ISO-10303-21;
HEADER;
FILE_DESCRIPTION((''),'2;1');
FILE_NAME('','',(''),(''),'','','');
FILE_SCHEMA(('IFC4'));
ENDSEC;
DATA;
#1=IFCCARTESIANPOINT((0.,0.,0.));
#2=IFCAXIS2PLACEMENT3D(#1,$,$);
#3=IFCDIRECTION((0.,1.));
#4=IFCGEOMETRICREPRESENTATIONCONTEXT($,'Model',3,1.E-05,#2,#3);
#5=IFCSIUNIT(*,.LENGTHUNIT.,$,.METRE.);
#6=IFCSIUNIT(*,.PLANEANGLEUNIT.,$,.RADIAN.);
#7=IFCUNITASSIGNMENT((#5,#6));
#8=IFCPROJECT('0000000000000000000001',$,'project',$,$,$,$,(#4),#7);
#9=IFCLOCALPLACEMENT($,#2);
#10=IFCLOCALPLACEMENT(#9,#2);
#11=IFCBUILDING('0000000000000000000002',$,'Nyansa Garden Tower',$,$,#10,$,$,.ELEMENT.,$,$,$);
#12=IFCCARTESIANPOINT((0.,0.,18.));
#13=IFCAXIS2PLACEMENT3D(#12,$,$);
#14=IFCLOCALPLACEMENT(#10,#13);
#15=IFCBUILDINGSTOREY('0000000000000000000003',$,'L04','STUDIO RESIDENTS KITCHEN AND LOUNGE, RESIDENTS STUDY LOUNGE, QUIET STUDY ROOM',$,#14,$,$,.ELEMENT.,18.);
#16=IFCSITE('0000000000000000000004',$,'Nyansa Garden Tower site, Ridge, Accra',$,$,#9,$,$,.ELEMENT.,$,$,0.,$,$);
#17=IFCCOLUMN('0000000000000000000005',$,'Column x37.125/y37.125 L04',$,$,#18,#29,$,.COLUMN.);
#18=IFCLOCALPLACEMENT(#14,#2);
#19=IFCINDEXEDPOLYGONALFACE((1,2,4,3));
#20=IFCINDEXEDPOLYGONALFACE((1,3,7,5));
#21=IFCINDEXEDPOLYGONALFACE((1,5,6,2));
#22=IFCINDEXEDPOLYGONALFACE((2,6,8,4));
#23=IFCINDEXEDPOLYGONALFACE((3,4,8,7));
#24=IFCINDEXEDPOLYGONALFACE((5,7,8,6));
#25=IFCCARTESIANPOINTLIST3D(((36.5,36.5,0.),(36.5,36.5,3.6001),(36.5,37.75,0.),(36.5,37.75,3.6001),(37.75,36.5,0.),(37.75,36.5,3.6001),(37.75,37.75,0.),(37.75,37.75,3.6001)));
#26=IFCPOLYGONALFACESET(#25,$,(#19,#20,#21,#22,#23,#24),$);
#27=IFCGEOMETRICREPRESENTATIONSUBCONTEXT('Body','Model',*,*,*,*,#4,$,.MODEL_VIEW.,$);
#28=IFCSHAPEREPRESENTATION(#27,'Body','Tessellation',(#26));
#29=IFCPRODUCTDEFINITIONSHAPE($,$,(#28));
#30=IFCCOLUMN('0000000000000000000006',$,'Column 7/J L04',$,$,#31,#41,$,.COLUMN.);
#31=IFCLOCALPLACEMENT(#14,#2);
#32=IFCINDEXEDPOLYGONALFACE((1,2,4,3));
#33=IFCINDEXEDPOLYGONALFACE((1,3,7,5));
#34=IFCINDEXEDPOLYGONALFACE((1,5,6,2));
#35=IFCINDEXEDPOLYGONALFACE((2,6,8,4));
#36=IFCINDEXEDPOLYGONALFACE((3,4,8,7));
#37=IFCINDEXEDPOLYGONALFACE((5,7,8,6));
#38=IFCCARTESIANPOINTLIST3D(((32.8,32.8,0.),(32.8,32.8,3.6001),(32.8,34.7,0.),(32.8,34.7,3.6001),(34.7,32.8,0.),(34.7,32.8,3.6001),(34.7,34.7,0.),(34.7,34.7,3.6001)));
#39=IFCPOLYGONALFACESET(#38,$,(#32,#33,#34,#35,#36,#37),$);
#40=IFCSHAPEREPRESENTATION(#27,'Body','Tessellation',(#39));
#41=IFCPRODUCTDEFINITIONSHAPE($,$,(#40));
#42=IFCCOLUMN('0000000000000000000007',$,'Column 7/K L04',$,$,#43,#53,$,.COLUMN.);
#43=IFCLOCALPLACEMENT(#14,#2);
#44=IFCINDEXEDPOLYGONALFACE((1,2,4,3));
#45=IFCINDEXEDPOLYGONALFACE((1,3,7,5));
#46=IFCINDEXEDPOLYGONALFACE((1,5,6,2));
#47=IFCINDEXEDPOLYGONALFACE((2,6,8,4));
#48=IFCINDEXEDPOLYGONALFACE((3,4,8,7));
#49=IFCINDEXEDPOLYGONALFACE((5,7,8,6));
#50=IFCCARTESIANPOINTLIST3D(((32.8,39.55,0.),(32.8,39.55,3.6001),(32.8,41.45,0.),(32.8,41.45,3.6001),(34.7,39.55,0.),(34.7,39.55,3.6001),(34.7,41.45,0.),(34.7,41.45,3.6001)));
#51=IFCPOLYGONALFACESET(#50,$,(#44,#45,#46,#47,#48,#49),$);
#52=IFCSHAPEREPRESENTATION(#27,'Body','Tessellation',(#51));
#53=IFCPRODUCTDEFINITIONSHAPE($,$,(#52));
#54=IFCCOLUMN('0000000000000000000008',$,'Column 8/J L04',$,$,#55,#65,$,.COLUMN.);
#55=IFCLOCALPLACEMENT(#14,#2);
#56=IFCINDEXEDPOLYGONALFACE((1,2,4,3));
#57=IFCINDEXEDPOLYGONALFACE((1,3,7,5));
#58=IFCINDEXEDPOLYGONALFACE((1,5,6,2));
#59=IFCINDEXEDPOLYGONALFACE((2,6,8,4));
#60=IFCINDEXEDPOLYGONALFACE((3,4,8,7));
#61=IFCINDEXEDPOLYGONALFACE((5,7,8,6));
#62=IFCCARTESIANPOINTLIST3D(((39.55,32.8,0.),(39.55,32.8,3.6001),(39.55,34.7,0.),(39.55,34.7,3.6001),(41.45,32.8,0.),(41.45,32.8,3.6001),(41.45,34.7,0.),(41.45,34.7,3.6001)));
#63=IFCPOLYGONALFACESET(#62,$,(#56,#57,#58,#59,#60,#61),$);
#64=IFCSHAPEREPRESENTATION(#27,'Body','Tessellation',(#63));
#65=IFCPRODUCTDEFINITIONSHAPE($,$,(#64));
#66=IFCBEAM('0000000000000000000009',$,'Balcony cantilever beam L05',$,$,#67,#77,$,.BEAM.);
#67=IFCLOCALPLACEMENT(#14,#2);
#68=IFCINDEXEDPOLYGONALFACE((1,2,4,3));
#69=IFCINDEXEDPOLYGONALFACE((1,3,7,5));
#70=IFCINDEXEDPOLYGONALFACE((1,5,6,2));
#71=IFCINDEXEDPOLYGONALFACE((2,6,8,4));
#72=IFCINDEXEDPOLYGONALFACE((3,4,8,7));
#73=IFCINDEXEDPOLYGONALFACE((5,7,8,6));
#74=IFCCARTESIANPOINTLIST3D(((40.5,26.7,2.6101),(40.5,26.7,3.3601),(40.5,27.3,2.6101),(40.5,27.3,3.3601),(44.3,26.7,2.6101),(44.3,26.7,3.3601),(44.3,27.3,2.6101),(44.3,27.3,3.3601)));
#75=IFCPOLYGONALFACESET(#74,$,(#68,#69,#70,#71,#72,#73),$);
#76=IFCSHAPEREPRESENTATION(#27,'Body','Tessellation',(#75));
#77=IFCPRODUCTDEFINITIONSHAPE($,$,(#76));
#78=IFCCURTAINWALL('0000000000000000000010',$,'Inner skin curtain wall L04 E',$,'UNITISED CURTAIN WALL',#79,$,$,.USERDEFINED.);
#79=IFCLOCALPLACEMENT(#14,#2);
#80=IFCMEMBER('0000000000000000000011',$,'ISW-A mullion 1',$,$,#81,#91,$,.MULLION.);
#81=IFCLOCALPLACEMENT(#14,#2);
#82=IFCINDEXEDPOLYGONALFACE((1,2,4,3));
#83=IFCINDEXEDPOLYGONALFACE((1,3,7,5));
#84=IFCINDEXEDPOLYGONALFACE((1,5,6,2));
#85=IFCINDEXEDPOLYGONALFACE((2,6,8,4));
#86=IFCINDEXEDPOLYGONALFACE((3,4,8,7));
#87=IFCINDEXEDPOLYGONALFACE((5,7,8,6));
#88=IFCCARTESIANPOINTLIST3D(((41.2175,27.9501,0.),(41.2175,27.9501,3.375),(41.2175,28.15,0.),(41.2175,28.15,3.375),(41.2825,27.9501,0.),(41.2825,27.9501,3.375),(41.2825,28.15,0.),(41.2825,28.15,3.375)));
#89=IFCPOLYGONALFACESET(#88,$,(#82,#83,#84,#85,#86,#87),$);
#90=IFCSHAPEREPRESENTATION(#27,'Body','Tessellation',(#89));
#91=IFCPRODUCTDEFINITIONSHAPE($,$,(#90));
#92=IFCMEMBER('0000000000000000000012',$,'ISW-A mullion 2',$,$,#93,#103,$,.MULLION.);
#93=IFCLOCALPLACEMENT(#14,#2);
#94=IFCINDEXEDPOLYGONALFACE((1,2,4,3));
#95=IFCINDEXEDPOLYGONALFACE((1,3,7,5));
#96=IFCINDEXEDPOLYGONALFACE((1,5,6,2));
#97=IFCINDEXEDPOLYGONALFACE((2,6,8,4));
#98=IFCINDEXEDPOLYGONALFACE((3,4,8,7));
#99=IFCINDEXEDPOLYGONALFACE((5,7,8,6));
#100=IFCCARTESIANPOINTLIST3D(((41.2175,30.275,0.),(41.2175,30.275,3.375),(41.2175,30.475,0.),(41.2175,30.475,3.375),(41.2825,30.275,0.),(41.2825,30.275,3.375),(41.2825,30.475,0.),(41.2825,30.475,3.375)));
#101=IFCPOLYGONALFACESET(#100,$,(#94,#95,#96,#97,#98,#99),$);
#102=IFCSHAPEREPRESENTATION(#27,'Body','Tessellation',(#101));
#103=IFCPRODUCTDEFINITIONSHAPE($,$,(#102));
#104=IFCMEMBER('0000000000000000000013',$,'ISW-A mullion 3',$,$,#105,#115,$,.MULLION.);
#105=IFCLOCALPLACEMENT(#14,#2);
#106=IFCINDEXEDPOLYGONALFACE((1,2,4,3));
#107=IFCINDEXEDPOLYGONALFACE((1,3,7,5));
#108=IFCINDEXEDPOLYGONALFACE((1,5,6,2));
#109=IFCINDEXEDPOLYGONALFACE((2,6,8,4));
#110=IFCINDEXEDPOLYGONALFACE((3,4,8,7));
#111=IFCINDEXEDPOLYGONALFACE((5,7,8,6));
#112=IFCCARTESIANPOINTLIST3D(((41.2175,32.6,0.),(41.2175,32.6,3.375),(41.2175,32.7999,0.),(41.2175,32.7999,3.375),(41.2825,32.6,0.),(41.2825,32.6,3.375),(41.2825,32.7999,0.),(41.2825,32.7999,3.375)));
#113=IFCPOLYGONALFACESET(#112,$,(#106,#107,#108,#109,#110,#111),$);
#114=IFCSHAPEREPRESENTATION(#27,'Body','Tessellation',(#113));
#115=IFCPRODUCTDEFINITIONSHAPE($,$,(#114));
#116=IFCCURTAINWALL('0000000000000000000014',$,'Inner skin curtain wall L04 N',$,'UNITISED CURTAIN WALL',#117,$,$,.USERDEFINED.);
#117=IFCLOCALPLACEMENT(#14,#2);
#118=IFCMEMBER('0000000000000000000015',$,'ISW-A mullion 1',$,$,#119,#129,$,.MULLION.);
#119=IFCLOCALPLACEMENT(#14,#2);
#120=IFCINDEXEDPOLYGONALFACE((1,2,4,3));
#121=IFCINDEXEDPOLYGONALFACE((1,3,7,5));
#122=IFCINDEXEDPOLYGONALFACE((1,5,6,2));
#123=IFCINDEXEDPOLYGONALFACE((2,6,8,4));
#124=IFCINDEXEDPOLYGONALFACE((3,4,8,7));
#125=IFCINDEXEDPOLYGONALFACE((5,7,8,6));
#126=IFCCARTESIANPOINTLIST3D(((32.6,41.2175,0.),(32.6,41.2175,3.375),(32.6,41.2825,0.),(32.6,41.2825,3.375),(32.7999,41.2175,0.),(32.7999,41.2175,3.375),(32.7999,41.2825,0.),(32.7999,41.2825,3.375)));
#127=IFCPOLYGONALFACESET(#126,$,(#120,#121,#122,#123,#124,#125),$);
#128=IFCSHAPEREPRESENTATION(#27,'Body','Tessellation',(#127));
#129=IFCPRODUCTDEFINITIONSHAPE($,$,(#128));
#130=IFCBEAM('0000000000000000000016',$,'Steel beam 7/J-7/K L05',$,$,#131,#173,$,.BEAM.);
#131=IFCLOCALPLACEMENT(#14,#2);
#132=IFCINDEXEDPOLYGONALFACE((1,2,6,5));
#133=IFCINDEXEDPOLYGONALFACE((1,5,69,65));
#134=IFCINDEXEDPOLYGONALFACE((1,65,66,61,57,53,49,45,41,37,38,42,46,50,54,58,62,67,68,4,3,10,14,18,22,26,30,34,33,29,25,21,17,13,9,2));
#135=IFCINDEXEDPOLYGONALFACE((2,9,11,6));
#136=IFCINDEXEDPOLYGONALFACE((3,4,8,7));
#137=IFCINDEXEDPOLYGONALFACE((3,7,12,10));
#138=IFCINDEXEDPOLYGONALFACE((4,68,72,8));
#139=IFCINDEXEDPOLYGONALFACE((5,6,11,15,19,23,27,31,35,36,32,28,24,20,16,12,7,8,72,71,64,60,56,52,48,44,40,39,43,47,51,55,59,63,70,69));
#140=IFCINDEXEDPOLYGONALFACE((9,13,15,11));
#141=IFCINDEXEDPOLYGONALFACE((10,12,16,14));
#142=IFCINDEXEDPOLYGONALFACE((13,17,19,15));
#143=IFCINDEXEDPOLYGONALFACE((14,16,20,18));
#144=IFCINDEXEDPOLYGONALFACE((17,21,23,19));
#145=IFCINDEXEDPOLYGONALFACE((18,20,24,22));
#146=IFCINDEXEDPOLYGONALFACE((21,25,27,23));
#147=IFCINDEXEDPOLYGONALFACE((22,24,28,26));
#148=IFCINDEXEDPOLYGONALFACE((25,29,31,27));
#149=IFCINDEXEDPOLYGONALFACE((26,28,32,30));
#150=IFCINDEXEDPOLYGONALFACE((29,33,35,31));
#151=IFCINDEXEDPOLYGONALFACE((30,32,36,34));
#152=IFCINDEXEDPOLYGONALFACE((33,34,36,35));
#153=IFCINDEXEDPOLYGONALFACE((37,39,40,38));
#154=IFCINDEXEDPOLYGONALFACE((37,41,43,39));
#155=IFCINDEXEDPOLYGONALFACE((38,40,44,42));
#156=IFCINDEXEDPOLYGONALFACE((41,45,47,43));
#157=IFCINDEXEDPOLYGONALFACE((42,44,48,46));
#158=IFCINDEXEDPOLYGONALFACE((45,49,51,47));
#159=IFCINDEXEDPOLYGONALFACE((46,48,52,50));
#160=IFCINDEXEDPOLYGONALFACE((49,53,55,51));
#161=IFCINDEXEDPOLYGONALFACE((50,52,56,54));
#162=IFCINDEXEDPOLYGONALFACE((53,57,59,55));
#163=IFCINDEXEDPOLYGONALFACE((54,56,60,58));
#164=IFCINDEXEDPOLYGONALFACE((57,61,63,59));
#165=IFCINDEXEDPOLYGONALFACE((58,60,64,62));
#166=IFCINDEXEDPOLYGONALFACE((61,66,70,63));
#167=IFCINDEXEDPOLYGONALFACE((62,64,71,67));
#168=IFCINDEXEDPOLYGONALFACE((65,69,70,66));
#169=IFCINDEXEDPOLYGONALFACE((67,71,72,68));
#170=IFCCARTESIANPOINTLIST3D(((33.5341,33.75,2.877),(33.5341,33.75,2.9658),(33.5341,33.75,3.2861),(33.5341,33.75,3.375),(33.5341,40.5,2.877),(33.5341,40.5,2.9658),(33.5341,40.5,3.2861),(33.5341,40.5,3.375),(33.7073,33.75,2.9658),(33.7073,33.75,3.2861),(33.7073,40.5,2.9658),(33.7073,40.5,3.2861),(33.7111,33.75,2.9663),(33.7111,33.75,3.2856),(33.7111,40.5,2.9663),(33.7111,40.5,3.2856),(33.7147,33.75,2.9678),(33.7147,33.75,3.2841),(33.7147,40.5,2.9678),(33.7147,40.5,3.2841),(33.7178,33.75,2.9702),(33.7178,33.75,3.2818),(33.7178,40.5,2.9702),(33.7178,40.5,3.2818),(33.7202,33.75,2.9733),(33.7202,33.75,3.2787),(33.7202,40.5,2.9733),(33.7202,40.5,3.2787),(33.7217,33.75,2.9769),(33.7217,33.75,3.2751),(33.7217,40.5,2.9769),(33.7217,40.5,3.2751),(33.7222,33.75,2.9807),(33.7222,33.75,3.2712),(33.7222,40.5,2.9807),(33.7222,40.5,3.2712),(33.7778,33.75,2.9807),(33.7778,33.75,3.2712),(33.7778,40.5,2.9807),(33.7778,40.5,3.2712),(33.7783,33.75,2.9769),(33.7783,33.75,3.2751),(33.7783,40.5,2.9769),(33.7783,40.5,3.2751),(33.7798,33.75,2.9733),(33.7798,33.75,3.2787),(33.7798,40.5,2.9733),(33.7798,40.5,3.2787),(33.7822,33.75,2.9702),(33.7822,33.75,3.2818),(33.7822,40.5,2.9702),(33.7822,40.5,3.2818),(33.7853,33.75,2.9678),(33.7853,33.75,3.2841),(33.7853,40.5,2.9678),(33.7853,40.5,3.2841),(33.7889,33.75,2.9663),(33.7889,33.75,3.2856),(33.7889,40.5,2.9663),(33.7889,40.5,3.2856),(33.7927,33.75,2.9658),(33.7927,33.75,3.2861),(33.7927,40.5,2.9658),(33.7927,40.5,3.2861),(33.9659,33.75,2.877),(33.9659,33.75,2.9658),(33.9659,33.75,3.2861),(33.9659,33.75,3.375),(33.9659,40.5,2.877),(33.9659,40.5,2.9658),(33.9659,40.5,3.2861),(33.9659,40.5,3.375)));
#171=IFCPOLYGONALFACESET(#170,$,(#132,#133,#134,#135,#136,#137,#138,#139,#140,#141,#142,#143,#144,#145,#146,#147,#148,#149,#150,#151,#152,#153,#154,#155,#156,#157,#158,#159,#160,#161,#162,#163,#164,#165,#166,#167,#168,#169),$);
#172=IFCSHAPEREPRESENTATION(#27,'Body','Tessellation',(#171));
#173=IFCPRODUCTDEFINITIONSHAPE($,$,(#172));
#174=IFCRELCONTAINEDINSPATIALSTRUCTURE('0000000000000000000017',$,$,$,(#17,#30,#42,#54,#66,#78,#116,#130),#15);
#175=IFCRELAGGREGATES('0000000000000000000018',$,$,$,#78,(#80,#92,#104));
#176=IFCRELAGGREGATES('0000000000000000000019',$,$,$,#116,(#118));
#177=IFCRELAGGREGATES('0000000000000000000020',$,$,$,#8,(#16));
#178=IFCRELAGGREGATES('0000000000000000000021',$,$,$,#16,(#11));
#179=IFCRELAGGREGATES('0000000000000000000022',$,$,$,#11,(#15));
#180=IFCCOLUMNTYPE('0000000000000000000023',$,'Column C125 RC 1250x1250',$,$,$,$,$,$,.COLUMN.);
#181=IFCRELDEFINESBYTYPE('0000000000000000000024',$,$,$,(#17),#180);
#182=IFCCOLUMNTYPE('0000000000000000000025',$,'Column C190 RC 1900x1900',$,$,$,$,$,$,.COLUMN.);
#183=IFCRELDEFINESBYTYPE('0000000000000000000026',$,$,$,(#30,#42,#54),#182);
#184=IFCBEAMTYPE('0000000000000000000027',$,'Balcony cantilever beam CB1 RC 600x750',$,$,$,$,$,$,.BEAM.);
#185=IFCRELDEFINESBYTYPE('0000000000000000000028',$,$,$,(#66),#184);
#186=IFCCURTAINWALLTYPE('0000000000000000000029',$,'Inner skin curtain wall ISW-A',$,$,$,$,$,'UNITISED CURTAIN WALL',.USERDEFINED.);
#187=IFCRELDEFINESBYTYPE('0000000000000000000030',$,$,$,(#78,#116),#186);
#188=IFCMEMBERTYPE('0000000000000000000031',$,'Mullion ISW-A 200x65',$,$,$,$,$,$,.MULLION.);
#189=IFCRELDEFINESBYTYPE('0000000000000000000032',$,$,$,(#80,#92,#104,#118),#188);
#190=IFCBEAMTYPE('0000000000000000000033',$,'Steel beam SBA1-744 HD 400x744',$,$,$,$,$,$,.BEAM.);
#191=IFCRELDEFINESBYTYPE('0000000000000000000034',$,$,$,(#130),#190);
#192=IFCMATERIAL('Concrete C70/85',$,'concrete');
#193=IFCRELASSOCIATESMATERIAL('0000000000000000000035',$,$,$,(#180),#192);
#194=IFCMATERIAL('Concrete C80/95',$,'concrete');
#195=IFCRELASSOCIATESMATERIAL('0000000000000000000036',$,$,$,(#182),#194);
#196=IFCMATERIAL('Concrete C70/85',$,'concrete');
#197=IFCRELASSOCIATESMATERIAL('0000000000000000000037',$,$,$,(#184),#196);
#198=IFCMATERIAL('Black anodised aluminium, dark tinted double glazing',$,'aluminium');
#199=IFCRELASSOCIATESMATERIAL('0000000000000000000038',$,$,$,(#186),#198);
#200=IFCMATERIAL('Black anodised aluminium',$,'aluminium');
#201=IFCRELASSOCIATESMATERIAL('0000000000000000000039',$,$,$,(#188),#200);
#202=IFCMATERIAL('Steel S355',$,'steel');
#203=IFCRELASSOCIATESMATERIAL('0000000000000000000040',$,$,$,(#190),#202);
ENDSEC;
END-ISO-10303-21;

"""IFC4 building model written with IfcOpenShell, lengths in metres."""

from ifc_helpers import new_model, si_unit, direction, frame, origin, origin_2d, place, context, subcontext, project, spatial, rectangle, i_section, extrude, material, material_profile, profile_set, type_object, element, aggregate, save


model = new_model("IFC4")

# Units and contexts
model_context = context("Model", 3, precision=1e-05, world=origin(), true_north=direction((0.0, 1.0)))
body_context = subcontext(model_context, "Body", "Model", "MODEL_VIEW")
ifc_project = project(units=[si_unit("LENGTHUNIT", "METRE"), si_unit("PLANEANGLEUNIT", "RADIAN")], contexts=[model_context])

# Site, building, storey
site_placement = place(None, origin())
site = spatial("IfcSite", under=ifc_project, at=site_placement, Name="Nyansa Garden Tower site, Ridge, Accra", CompositionType="ELEMENT", RefElevation=0.0)
building_placement = place(site_placement, origin())
building = spatial("IfcBuilding", under=site, at=building_placement, Name="Nyansa Garden Tower", CompositionType="ELEMENT")
storey_placement = place(building_placement, frame((0.0, 0.0, 18.0)))
storey = spatial("IfcBuildingStorey", under=building, at=storey_placement, Name="L04", Description="STUDIO RESIDENTS KITCHEN AND LOUNGE, RESIDENTS STUDY LOUNGE, QUIET STUDY ROOM", CompositionType="ELEMENT", Elevation=18.0)

# Columns
ifc_material_1 = material(Name="Concrete C70/85", Category="concrete")
ifc_material_profile_1 = material_profile(ifc_material_1, rectangle(XDim=1.25, YDim=1.25, at=origin_2d()), Name="RC 1250x1250")
ifc_profile_set_1 = profile_set([ifc_material_profile_1], Name="Concrete C70/85")
column_type_1 = type_object("IfcColumnType", Name="Column C125 RC 1250x1250", PredefinedType="COLUMN", material=ifc_profile_set_1)
column_placement = place(storey_placement, frame((37.125, 37.125, 0.0), z_axis=(0.0, 0.0, 1.0), x_axis=(1.0, 0.0, 0.0)))
element("IfcColumn", 1, at=column_placement, inside=storey, type_object=column_type_1, Name="Column x37.125/y37.125 L04", PredefinedType="COLUMN", context=body_context, shape_type="SweptSolid", body=[
    extrude(rectangle(XDim=1.25, YDim=1.25, at=origin_2d()), origin(), (0.0, 0.0, 1.0), 3.6001),
])
ifc_material_2 = material(Name="Concrete C80/95", Category="concrete")
ifc_material_profile_2 = material_profile(ifc_material_2, rectangle(XDim=1.8999, YDim=1.8999, at=origin_2d()), Name="RC 1900x1900")
ifc_profile_set_2 = profile_set([ifc_material_profile_2], Name="Concrete C80/95")
column_type_2 = type_object("IfcColumnType", Name="Column C190 RC 1900x1900", PredefinedType="COLUMN", material=ifc_profile_set_2)
for number, where, z_axis, x_axis, name in (
    (2, (33.75, 33.75, 0.0), (0.0, 0.0, 1.0), (1.0, 0.0, 0.0), "Column 7/J L04"),
    (3, (33.75, 40.5, 0.0), (0.0, 0.0, 1.0), (1.0, 0.0, 0.0), "Column 7/K L04"),
    (4, (40.5, 33.75, 0.0), (0.0, 0.0, 1.0), (1.0, 0.0, 0.0), "Column 8/J L04"),
):
    element("IfcColumn", number, at=place(storey_placement, frame(where, z_axis=z_axis, x_axis=x_axis)), inside=storey, type_object=column_type_2, Name=name, PredefinedType="COLUMN", context=body_context, shape_type="SweptSolid", body=[
        extrude(rectangle(XDim=1.8999, YDim=1.8999, at=origin_2d()), origin(), (0.0, 0.0, 1.0), 3.6001),
    ])

# Beam
ifc_material_3 = material(Name="Concrete C70/85", Category="concrete")
ifc_material_profile_3 = material_profile(ifc_material_3, rectangle(XDim=0.6001, YDim=0.75, at=origin_2d()), Name="RC 600x750")
ifc_profile_set_3 = profile_set([ifc_material_profile_3], Name="Concrete C70/85")
beam_type_1 = type_object("IfcBeamType", Name="Balcony cantilever beam CB1 RC 600x750", PredefinedType="BEAM", material=ifc_profile_set_3)
beam_placement = place(storey_placement, frame((40.5, 27.0, 2.9851), z_axis=(1.0, 0.0, 0.0), x_axis=(0.0, 1.0, 0.0)))
element("IfcBeam", 5, at=beam_placement, inside=storey, type_object=beam_type_1, Name="Balcony cantilever beam L05", PredefinedType="BEAM", context=body_context, shape_type="SweptSolid", body=[
    extrude(rectangle(XDim=0.6001, YDim=0.75, at=origin_2d()), origin(), (0.0, 0.0, 1.0), 3.8),
])

# Curtain wall, members
ifc_material_4 = material(Name="Black anodised aluminium, dark tinted double glazing", Category="aluminium")
curtain_wall_type = type_object("IfcCurtainWallType", Name="Inner skin curtain wall ISW-A", ElementType="UNITISED CURTAIN WALL", PredefinedType="USERDEFINED", material=ifc_material_4)
curtain_wall_1_placement = place(storey_placement, origin())
curtain_wall_1 = element("IfcCurtainWall", 6, at=curtain_wall_1_placement, inside=storey, type_object=curtain_wall_type, Name="Inner skin curtain wall L04 E", ObjectType="UNITISED CURTAIN WALL", PredefinedType="USERDEFINED")
ifc_material_5 = material(Name="Black anodised aluminium", Category="aluminium")
ifc_material_profile_4 = material_profile(ifc_material_5, rectangle(XDim=0.0649, YDim=0.2, at=origin_2d()), Name="Mullion 200x65")
ifc_profile_set_4 = profile_set([ifc_material_profile_4], Name="Black anodised aluminium")
member_type_1 = type_object("IfcMemberType", Name="Mullion ISW-A 200x65", PredefinedType="MULLION", material=ifc_profile_set_4)
member_1_placement = place(storey_placement, frame((41.25, 28.05, 0.0), z_axis=(0.0, 0.0, 1.0), x_axis=(-1.0, 0.0, 0.0)))
member_1 = element("IfcMember", 7, at=member_1_placement, type_object=member_type_1, Name="ISW-A mullion 1", PredefinedType="MULLION", context=body_context, shape_type="SweptSolid", body=[
    extrude(rectangle(XDim=0.0649, YDim=0.2, at=origin_2d()), origin(), (0.0, 0.0, 1.0), 3.375),
])
member_2_placement = place(storey_placement, frame((41.25, 30.375, 0.0), z_axis=(0.0, 0.0, 1.0), x_axis=(-1.0, 0.0, 0.0)))
member_2 = element("IfcMember", 8, at=member_2_placement, type_object=member_type_1, Name="ISW-A mullion 2", PredefinedType="MULLION", context=body_context, shape_type="SweptSolid", body=[
    extrude(rectangle(XDim=0.0649, YDim=0.2, at=origin_2d()), origin(), (0.0, 0.0, 1.0), 3.375),
])
member_3_placement = place(storey_placement, frame((41.25, 32.7, 0.0), z_axis=(0.0, 0.0, 1.0), x_axis=(-1.0, 0.0, 0.0)))
member_3 = element("IfcMember", 9, at=member_3_placement, type_object=member_type_1, Name="ISW-A mullion 3", PredefinedType="MULLION", context=body_context, shape_type="SweptSolid", body=[
    extrude(rectangle(XDim=0.0649, YDim=0.2, at=origin_2d()), origin(), (0.0, 0.0, 1.0), 3.375),
])

# Curtain wall, member
curtain_wall_2_placement = place(storey_placement, origin())
curtain_wall_2 = element("IfcCurtainWall", 10, at=curtain_wall_2_placement, inside=storey, type_object=curtain_wall_type, Name="Inner skin curtain wall L04 N", ObjectType="UNITISED CURTAIN WALL", PredefinedType="USERDEFINED")
member_4_placement = place(storey_placement, frame((32.7, 41.25, 0.0), z_axis=(0.0, 0.0, 1.0), x_axis=(0.0, -1.0, 0.0)))
member_4 = element("IfcMember", 11, at=member_4_placement, type_object=member_type_1, Name="ISW-A mullion 1", PredefinedType="MULLION", context=body_context, shape_type="SweptSolid", body=[
    extrude(rectangle(XDim=0.0649, YDim=0.2, at=origin_2d()), origin(), (0.0, 0.0, 1.0), 3.375),
])

# Beam
ifc_material_6 = material(Name="Steel S355", Category="steel")
ifc_material_profile_5 = material_profile(ifc_material_6, i_section(OverallWidth=0.4319, OverallDepth=0.498, WebThickness=0.0557, FlangeThickness=0.0889, FilletRadius=0.0149, at=origin_2d()), Name="HD 400x744")
ifc_profile_set_5 = profile_set([ifc_material_profile_5], Name="Steel S355")
beam_type_2 = type_object("IfcBeamType", Name="Steel beam SBA1-744 HD 400x744", PredefinedType="BEAM", material=ifc_profile_set_5)
for number, where, z_axis, x_axis, name in (
    (12, (33.75, 33.75, 3.126), (0.0, 1.0, 0.0), (-1.0, 0.0, 0.0), "Steel beam 7/J-7/K L05"),
):
    element("IfcBeam", number, at=place(storey_placement, frame(where, z_axis=z_axis, x_axis=x_axis)), inside=storey, type_object=beam_type_2, Name=name, PredefinedType="BEAM", context=body_context, shape_type="SweptSolid", body=[
        extrude(i_section(OverallWidth=0.4319, OverallDepth=0.498, WebThickness=0.0557, FlangeThickness=0.0889, FilletRadius=0.0149, at=origin_2d()), origin(), (0.0, 0.0, 1.0), 6.75),
    ])

aggregate(curtain_wall_1, [member_1, member_2, member_3])
aggregate(curtain_wall_2, [member_4])

save(model, "model.ifc")
